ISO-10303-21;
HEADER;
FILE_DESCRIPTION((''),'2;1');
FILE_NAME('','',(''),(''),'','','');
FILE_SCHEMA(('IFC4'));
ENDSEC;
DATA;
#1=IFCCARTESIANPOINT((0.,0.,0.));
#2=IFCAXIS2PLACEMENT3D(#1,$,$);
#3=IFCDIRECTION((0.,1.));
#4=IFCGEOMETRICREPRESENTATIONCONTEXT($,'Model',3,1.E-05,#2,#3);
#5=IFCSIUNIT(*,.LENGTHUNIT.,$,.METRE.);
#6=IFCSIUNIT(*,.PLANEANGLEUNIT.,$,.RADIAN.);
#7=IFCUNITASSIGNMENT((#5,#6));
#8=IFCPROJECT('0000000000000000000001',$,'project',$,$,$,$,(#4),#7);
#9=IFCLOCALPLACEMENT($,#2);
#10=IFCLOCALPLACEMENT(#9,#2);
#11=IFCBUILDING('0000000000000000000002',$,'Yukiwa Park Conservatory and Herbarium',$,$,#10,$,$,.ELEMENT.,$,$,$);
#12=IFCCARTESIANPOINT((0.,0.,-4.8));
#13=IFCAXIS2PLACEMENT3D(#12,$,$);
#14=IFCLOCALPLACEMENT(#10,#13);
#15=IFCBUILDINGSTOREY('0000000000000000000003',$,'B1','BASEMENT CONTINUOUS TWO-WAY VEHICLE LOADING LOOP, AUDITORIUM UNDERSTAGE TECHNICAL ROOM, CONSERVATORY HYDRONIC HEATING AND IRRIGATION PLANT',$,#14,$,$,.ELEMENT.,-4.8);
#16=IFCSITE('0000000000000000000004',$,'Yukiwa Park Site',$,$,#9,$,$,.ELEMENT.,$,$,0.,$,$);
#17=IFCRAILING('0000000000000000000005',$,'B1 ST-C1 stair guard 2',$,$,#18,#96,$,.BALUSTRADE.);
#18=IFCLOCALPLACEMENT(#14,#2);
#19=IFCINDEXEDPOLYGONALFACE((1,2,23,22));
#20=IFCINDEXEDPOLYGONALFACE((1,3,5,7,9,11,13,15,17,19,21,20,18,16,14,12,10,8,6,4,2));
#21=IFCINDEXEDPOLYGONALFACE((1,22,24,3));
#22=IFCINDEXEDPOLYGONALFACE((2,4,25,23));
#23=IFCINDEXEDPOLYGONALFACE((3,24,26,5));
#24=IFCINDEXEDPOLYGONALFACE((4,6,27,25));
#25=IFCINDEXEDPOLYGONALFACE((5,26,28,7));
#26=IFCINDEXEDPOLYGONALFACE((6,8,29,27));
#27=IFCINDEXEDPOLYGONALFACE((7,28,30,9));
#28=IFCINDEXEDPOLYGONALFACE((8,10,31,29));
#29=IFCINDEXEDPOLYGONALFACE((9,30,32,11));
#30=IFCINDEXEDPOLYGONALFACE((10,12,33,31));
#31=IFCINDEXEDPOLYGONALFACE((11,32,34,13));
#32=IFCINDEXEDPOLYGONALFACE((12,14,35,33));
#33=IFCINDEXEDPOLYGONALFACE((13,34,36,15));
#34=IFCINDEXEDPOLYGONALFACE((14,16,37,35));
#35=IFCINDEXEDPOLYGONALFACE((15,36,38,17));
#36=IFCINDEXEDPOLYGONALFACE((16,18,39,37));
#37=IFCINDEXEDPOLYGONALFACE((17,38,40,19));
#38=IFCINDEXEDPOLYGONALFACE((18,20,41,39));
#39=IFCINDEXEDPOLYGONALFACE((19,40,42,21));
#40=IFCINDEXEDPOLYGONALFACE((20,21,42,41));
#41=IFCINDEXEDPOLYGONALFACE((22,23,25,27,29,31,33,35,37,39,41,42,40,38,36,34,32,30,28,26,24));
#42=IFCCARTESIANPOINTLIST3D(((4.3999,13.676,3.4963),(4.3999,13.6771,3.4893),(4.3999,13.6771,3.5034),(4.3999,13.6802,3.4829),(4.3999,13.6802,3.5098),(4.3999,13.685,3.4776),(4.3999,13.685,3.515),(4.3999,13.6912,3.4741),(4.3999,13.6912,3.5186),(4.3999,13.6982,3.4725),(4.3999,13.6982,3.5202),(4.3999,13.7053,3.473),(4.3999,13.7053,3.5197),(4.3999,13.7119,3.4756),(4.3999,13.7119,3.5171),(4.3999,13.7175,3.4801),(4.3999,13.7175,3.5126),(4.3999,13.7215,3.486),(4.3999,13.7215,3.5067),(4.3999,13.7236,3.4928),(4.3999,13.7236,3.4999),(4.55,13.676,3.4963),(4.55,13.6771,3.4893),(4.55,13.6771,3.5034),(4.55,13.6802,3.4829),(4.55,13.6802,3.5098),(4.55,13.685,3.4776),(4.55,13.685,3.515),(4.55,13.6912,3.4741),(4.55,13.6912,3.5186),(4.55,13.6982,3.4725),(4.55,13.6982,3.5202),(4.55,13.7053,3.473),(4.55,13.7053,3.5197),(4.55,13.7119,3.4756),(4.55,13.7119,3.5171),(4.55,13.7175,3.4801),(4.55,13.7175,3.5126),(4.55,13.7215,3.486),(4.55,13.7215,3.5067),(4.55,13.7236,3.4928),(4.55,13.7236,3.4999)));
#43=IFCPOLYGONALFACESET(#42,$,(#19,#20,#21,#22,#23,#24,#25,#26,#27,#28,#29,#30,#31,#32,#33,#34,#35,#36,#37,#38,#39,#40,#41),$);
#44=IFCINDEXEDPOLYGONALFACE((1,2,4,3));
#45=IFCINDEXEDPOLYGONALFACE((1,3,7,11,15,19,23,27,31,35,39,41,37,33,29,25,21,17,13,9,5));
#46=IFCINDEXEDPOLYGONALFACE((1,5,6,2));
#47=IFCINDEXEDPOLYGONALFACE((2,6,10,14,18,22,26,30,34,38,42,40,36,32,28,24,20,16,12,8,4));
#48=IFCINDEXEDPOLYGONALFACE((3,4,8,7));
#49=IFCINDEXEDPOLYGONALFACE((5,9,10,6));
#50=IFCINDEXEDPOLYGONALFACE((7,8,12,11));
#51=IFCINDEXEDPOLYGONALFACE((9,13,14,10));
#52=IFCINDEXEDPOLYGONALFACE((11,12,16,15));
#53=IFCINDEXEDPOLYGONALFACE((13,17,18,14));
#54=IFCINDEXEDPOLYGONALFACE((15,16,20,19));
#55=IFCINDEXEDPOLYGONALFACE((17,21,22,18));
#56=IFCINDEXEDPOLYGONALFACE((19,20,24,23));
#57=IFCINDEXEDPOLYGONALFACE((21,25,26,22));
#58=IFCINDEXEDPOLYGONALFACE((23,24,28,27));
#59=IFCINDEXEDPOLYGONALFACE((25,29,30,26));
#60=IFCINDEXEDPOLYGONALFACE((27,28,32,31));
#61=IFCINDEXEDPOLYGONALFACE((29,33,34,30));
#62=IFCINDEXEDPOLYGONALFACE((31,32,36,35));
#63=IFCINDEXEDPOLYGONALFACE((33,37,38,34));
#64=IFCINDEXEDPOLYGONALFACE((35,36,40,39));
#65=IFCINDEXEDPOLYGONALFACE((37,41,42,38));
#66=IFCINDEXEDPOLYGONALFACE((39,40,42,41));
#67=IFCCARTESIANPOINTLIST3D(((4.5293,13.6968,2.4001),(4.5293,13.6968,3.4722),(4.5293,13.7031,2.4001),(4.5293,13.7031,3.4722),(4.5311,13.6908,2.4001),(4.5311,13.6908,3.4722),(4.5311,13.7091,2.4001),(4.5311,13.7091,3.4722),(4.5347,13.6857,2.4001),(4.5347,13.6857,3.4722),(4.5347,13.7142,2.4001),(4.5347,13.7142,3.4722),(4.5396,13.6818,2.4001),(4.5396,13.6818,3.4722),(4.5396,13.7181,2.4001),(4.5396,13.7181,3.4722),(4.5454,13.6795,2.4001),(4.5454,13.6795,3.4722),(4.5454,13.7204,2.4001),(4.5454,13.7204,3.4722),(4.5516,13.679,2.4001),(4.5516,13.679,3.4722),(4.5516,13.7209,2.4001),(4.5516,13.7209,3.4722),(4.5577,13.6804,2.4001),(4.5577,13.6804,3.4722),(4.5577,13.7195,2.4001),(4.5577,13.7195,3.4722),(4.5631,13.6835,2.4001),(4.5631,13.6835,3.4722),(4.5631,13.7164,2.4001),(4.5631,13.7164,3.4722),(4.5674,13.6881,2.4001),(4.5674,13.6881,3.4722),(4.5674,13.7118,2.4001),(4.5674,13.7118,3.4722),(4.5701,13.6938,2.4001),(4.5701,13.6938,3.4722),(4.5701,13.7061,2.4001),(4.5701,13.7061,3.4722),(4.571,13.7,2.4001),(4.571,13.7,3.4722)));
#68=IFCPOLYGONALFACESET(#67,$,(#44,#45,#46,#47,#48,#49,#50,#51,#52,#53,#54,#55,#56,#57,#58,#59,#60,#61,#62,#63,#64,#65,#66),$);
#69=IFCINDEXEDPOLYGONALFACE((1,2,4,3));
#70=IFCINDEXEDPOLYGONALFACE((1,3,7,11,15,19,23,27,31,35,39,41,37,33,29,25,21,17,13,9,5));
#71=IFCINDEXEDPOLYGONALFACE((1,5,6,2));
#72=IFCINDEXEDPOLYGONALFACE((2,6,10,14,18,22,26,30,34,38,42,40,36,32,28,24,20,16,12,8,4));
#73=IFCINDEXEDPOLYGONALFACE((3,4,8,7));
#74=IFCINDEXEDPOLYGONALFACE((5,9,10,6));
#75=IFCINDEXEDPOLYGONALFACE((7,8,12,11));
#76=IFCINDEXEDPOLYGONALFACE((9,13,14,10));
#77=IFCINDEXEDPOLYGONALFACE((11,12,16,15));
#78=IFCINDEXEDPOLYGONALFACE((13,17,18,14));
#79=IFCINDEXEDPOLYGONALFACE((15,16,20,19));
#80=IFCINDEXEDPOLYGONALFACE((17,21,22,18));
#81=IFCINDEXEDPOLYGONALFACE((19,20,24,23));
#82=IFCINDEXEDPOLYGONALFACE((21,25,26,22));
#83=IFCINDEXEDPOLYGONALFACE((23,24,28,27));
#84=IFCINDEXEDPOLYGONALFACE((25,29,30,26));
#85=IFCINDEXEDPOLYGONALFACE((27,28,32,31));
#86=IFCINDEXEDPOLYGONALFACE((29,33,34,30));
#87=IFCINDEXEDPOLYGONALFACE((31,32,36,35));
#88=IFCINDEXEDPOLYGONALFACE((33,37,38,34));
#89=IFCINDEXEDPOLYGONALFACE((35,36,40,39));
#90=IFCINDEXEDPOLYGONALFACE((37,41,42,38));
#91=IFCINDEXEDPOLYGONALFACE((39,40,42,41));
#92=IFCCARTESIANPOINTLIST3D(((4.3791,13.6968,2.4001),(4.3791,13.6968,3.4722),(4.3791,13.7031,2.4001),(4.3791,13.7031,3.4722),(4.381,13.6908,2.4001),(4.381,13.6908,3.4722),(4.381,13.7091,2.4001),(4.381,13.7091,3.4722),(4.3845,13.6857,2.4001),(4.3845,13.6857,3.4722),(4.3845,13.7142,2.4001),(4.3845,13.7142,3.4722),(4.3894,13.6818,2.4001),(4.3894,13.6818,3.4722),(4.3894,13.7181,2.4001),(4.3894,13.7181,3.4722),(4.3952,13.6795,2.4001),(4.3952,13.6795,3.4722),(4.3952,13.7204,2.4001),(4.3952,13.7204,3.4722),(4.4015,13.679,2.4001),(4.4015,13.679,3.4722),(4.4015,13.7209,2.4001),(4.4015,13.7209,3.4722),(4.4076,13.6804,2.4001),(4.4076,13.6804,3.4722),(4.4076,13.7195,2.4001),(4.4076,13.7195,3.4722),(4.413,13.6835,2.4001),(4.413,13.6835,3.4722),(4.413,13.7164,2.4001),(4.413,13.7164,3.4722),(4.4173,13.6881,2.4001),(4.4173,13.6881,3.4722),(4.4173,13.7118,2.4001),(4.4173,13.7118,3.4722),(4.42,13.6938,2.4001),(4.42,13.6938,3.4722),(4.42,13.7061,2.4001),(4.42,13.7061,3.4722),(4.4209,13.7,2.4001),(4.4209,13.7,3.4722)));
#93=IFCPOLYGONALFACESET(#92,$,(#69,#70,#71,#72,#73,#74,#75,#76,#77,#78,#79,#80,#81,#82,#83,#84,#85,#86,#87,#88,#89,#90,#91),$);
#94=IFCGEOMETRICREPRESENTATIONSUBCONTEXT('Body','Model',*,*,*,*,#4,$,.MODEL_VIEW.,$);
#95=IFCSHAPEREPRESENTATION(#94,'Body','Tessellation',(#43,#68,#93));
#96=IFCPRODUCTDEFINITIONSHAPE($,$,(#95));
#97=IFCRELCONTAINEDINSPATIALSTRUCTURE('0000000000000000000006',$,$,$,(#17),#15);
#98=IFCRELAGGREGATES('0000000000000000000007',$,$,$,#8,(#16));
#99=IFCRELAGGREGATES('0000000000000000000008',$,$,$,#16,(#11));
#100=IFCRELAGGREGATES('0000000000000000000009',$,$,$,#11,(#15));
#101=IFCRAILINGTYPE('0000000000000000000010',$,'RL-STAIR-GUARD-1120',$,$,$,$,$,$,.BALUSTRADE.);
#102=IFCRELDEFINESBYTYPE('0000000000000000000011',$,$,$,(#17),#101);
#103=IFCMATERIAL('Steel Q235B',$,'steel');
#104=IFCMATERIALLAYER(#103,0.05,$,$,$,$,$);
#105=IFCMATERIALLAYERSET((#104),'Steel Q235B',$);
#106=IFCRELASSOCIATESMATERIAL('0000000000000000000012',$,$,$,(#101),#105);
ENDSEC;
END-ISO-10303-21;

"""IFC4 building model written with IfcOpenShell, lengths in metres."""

from ifc_helpers import new_model, si_unit, direction, frame, origin, origin_2d, place, context, subcontext, project, spatial, circle, extrude, material, layer, layer_set, type_object, element, save


model = new_model("IFC4")

# Units and contexts
model_context = context("Model", 3, precision=1e-05, world=origin(), true_north=direction((0.0, 1.0)))
body_context = subcontext(model_context, "Body", "Model", "MODEL_VIEW")
ifc_project = project(units=[si_unit("LENGTHUNIT", "METRE"), si_unit("PLANEANGLEUNIT", "RADIAN")], contexts=[model_context])

# Site, building, storey
site_placement = place(None, origin())
site = spatial("IfcSite", under=ifc_project, at=site_placement, Name="Yukiwa Park Site", CompositionType="ELEMENT", RefElevation=0.0)
building_placement = place(site_placement, origin())
building = spatial("IfcBuilding", under=site, at=building_placement, Name="Yukiwa Park Conservatory and Herbarium", CompositionType="ELEMENT")
storey_placement = place(building_placement, frame((0.0, 0.0, -4.8)))
storey = spatial("IfcBuildingStorey", under=building, at=storey_placement, Name="B1", Description="BASEMENT CONTINUOUS TWO-WAY VEHICLE LOADING LOOP, AUDITORIUM UNDERSTAGE TECHNICAL ROOM, CONSERVATORY HYDRONIC HEATING AND IRRIGATION PLANT", CompositionType="ELEMENT", Elevation=-4.8)

# Railing
ifc_material_1 = material(Name="Steel Q235B", Category="steel")
ifc_layer_1 = layer(ifc_material_1, 0.05)
ifc_layer_set_1 = layer_set([ifc_layer_1], Name="Steel Q235B")
railing_type_1 = type_object("IfcRailingType", Name="RL-STAIR-GUARD-1120", PredefinedType="BALUSTRADE", material=ifc_layer_set_1)
railing_1_placement = place(storey_placement, frame((4.55, 13.7, 2.4001)))
element("IfcRailing", 1, at=railing_1_placement, inside=storey, type_object=railing_type_1, Name="B1 ST-C1 stair guard 2", PredefinedType="BALUSTRADE", context=body_context, shape_type="SweptSolid", body=[
    extrude(circle(Radius=0.0239, at=origin_2d()), frame((0.0, 0.0, 1.0962), z_axis=(-1.0, 0.0, 0.0), x_axis=(0.0, -1.0, 0.0)), (0.0, 0.0, 1.0), 0.1501),
    extrude(circle(Radius=0.021, at=origin_2d()), origin(), (0.0, 0.0, 1.0), 1.072),
    extrude(circle(Radius=0.021, at=origin_2d()), frame((-0.1501, 0.0, 0.0)), (0.0, 0.0, 1.0), 1.072),
])

save(model, "model.ifc")
